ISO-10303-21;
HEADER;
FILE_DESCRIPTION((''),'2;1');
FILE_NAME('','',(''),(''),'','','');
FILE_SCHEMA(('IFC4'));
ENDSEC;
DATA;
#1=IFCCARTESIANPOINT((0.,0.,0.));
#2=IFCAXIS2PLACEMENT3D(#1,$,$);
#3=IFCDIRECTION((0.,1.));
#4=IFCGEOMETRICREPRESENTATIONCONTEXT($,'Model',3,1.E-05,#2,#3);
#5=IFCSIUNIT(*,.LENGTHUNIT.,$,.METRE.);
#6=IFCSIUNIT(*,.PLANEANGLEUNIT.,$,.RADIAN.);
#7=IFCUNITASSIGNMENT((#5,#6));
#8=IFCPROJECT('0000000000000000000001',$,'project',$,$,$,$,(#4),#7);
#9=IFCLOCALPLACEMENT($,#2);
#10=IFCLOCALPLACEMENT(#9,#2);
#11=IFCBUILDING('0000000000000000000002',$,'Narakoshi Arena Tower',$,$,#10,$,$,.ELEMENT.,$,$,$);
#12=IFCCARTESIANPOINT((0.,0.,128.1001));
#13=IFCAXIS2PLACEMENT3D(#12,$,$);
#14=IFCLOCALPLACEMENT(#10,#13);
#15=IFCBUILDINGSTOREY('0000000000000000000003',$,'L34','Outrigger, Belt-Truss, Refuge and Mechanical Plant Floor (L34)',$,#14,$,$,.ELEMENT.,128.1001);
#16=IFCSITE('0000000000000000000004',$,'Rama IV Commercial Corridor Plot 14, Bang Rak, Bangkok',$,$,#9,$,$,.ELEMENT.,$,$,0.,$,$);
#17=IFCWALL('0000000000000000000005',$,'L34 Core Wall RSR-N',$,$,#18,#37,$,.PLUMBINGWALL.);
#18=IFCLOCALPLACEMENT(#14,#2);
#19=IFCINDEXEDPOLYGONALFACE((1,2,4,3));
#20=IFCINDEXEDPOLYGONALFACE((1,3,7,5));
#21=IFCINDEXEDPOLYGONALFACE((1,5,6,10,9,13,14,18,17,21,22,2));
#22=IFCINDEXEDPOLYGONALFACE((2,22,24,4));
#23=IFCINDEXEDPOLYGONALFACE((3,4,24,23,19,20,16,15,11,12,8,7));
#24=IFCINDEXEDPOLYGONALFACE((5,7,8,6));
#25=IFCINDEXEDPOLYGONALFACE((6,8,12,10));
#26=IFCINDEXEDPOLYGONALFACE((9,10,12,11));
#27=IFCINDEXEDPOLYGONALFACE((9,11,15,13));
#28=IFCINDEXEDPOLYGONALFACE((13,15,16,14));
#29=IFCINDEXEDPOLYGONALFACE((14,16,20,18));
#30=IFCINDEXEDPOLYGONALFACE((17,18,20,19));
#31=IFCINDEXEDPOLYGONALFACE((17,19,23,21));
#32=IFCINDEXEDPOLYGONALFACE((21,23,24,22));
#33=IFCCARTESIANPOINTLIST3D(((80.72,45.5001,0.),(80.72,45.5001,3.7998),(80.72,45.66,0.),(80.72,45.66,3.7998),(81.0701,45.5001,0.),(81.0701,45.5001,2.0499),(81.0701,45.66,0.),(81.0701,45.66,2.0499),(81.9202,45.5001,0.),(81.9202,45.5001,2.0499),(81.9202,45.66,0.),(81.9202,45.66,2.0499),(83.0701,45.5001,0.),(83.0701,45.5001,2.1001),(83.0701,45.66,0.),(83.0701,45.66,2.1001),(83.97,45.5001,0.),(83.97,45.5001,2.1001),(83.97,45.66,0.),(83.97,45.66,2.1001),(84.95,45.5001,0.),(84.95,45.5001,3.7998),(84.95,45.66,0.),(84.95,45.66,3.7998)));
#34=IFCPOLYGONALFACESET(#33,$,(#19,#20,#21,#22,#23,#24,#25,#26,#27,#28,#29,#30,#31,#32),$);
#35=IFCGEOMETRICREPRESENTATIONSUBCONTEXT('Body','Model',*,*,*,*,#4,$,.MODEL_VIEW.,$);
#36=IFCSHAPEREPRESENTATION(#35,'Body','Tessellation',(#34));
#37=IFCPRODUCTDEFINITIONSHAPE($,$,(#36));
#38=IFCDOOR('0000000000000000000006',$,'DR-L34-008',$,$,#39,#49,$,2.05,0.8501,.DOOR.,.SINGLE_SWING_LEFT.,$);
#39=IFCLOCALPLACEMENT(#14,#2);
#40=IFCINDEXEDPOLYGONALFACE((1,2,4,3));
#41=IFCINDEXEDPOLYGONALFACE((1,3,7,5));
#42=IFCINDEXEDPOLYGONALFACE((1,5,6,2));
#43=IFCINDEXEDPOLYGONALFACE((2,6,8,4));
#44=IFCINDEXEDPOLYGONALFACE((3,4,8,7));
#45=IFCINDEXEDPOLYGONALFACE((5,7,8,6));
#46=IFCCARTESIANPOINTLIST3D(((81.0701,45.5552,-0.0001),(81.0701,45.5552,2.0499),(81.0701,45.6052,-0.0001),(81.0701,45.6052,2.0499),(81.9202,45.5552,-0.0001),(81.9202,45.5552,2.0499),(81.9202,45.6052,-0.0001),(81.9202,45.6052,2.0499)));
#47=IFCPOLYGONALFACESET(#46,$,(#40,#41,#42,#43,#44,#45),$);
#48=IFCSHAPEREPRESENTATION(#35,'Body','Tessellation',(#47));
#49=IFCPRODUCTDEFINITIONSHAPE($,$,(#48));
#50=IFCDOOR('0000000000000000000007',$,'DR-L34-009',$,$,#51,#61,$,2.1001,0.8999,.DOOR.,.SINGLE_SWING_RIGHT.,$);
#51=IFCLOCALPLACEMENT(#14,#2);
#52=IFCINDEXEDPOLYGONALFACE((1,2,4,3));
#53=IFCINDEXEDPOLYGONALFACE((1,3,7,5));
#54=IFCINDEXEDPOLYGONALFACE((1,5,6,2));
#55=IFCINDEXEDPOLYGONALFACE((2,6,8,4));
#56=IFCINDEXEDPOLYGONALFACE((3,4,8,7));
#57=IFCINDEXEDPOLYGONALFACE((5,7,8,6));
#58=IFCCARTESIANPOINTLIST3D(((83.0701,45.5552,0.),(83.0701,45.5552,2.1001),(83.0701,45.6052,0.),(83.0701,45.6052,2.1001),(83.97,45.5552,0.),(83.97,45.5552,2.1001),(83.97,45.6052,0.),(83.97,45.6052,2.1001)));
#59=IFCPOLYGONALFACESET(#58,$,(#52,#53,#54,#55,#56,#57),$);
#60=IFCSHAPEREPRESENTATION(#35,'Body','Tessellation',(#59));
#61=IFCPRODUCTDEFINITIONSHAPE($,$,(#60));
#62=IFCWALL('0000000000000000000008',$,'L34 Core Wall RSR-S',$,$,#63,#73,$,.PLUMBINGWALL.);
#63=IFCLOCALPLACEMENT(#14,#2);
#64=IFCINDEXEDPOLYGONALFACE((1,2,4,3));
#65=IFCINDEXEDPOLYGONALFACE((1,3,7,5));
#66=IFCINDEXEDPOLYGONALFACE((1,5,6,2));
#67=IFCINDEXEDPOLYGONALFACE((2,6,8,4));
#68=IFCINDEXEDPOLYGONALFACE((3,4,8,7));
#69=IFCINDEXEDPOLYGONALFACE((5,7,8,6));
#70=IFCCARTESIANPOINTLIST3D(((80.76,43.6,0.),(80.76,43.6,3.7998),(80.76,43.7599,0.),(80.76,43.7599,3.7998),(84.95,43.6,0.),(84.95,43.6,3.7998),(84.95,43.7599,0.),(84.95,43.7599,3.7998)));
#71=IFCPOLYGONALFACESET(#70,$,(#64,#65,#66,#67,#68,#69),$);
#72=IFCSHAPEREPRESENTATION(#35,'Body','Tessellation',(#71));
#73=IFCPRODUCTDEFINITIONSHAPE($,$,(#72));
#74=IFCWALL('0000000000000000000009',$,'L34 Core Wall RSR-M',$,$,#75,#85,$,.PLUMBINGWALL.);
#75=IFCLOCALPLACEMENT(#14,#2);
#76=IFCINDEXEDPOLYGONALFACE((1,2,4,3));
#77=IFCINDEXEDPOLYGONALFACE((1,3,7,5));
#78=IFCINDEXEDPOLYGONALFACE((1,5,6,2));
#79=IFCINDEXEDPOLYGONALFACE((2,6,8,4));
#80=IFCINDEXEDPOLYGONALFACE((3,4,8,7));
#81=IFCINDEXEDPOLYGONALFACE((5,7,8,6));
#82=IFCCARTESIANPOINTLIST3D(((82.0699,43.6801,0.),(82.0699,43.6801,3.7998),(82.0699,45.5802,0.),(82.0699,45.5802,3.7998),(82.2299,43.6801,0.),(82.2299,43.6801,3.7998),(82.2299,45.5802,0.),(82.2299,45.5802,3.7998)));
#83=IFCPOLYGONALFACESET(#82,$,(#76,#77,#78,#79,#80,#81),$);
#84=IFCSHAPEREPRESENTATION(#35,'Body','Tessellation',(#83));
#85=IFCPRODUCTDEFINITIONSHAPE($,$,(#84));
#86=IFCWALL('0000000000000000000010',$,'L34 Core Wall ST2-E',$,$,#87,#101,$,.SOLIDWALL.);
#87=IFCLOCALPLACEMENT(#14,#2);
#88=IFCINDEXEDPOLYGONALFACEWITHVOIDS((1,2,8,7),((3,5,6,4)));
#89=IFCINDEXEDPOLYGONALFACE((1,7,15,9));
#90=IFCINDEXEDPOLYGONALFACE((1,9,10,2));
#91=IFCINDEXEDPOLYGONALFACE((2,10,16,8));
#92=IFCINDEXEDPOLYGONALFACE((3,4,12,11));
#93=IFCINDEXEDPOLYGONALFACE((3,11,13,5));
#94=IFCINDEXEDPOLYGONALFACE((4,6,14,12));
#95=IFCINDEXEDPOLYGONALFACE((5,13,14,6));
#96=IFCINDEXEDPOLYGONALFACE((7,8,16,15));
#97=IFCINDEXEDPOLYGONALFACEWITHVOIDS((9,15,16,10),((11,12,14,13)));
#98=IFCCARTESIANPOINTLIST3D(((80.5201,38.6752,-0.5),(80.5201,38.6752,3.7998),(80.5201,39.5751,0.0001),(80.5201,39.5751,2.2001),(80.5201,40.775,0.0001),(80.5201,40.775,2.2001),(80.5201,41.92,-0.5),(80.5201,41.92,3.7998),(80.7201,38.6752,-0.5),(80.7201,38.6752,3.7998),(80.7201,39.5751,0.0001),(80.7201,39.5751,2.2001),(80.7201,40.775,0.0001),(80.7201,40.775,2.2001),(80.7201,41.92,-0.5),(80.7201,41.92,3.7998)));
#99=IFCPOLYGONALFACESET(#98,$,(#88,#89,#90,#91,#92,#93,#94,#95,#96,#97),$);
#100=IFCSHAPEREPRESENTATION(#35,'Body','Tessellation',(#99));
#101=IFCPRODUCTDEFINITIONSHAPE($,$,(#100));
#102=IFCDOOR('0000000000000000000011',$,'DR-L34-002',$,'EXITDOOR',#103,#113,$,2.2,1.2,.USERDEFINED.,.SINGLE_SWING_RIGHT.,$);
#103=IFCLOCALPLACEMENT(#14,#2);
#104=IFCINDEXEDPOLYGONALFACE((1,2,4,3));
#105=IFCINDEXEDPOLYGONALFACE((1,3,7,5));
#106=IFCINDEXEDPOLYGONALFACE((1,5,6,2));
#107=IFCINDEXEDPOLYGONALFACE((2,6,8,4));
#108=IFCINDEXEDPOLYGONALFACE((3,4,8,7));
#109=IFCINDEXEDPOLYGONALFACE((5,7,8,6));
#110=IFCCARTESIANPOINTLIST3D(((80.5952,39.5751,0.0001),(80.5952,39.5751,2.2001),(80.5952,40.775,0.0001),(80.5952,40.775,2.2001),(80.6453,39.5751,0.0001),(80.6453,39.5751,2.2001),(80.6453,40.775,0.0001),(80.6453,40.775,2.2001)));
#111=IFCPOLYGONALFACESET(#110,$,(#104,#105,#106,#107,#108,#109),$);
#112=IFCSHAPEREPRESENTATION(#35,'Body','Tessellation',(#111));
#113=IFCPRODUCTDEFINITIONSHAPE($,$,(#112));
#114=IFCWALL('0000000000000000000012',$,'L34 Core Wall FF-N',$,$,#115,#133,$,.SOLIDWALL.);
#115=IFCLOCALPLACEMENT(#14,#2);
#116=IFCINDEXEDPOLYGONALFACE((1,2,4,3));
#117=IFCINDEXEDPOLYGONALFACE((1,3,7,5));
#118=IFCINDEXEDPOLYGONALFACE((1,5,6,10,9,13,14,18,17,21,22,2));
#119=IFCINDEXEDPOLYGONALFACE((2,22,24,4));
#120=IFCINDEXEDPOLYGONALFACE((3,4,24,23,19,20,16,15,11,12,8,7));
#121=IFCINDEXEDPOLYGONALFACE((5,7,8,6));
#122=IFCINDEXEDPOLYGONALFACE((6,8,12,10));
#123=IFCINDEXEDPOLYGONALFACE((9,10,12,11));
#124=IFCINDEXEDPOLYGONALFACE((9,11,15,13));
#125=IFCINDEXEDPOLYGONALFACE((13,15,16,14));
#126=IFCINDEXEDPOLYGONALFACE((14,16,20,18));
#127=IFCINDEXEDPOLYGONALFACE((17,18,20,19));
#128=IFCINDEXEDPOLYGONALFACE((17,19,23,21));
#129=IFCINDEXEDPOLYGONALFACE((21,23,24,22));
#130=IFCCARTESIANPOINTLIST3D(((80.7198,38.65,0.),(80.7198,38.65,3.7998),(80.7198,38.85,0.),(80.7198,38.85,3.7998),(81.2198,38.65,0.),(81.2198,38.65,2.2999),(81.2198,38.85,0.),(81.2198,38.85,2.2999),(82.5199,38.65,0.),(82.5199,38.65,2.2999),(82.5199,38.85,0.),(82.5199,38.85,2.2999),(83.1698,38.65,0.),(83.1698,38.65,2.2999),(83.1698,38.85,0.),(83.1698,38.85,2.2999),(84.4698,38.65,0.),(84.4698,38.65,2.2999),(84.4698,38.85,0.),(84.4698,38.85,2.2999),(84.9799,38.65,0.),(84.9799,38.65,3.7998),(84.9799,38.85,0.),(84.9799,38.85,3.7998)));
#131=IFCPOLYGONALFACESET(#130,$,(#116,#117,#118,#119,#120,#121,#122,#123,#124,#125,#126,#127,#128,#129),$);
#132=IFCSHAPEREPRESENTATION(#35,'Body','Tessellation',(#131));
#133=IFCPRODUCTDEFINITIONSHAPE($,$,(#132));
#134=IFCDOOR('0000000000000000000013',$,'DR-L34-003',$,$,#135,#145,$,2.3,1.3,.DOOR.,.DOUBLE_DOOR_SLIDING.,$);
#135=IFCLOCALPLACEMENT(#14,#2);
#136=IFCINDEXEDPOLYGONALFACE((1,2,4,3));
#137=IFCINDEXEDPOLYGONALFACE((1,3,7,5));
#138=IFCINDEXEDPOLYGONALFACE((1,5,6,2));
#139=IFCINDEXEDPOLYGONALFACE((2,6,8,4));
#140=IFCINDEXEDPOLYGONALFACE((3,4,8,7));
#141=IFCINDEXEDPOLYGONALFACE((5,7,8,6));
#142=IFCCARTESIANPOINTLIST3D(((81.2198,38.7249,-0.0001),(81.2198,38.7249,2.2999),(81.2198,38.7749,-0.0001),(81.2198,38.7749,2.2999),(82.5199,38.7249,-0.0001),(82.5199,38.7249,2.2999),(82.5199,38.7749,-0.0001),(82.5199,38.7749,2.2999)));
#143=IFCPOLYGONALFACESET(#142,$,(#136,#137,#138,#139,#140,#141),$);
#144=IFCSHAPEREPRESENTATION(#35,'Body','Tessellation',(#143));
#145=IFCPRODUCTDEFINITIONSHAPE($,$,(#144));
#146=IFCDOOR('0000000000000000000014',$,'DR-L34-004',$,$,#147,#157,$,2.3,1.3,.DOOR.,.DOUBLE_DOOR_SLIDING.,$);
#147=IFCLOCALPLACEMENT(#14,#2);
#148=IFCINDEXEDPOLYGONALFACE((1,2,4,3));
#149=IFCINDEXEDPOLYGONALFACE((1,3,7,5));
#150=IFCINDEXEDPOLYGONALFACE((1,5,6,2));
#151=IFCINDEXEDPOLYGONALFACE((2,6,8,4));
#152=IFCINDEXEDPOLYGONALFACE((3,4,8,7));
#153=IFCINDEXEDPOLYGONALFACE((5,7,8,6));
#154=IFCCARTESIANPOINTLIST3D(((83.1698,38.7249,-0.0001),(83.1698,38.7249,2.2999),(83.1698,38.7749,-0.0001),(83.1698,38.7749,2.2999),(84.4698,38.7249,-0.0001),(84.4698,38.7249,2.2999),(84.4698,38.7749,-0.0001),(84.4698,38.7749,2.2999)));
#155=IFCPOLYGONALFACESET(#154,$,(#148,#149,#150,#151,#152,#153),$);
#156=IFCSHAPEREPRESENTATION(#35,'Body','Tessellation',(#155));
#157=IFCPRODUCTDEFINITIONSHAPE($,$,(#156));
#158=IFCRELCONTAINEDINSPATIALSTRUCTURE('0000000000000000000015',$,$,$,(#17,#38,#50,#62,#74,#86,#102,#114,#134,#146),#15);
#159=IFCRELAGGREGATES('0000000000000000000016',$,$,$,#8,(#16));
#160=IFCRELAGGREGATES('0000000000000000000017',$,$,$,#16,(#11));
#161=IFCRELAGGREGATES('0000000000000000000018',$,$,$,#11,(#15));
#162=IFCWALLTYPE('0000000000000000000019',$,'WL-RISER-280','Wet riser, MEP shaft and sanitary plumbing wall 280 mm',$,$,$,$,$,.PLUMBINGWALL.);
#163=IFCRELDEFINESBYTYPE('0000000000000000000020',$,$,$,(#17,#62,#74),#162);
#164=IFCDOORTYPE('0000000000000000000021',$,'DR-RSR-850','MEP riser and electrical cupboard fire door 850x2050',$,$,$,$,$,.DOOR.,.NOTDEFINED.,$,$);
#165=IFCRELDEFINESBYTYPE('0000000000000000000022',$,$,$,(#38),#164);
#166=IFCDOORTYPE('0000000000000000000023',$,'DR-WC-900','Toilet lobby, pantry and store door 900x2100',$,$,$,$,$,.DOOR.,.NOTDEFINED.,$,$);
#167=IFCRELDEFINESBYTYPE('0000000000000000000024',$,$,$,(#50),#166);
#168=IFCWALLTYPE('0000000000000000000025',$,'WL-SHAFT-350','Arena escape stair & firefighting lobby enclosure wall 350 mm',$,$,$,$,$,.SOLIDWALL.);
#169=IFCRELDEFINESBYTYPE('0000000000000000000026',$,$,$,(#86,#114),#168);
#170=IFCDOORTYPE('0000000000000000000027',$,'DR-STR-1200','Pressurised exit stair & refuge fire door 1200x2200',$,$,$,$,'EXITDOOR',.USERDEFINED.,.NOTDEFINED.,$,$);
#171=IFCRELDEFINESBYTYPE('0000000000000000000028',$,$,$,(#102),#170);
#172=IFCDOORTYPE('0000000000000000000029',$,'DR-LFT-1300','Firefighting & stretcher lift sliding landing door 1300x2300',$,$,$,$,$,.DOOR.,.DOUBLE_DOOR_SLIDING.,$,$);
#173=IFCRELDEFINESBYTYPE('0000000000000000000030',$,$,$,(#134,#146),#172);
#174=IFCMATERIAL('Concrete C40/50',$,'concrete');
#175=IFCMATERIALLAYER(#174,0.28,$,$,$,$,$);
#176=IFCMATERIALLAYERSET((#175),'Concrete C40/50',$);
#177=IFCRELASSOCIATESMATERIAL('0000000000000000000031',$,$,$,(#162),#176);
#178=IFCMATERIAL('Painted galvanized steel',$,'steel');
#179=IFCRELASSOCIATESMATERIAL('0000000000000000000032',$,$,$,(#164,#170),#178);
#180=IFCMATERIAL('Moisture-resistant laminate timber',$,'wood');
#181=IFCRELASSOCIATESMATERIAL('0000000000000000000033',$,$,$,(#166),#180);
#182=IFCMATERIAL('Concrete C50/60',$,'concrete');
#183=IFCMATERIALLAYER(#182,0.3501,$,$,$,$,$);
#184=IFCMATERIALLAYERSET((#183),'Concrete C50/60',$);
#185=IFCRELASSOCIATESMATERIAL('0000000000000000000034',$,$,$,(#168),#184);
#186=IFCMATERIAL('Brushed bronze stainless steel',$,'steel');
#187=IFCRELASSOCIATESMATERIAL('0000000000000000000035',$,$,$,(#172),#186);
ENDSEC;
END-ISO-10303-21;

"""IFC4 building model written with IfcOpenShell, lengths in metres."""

from ifc_helpers import new_model, si_unit, direction, frame, frame_2d, origin, place, context, subcontext, project, spatial, rectangle, extrude, material, layer, layer_set, type_object, element, fill, save


model = new_model("IFC4")

# Units and contexts
model_context = context("Model", 3, precision=1e-05, world=origin(), true_north=direction((0.0, 1.0)))
body_context = subcontext(model_context, "Body", "Model", "MODEL_VIEW")
ifc_project = project(units=[si_unit("LENGTHUNIT", "METRE"), si_unit("PLANEANGLEUNIT", "RADIAN")], contexts=[model_context])

# Site, building, storey
site_placement = place(None, origin())
site = spatial("IfcSite", under=ifc_project, at=site_placement, Name="Rama IV Commercial Corridor Plot 14, Bang Rak, Bangkok", CompositionType="ELEMENT", RefElevation=0.0)
building_placement = place(site_placement, origin())
building = spatial("IfcBuilding", under=site, at=building_placement, Name="Narakoshi Arena Tower", CompositionType="ELEMENT")
storey_placement = place(building_placement, frame((0.0, 0.0, 128.1001)))
storey = spatial("IfcBuildingStorey", under=building, at=storey_placement, Name="L34", Description="Outrigger, Belt-Truss, Refuge and Mechanical Plant Floor (L34)", CompositionType="ELEMENT", Elevation=128.1001)

# Shared definitions
ifc_material_1 = material(Name="Concrete C40/50", Category="concrete")
ifc_layer_1 = layer(ifc_material_1, 0.28)
ifc_layer_set_1 = layer_set([ifc_layer_1], Name="Concrete C40/50")
wall_type_1 = type_object("IfcWallType", Name="WL-RISER-280", Description="Wet riser, MEP shaft and sanitary plumbing wall 280 mm", PredefinedType="PLUMBINGWALL", material=ifc_layer_set_1)

# Wall, openings, doors
wall_1_placement = place(storey_placement, frame((80.72, 45.5801, 0.0), z_axis=(0.0, 0.0, 1.0), x_axis=(1.0, 0.0, 0.0)))
wall_1 = element("IfcWall", 1, at=wall_1_placement, inside=storey, type_object=wall_type_1, Name="L34 Core Wall RSR-N", PredefinedType="PLUMBINGWALL", context=body_context, shape_type="SweptSolid", body=[
    extrude(rectangle(XDim=4.23, YDim=0.1599, at=frame_2d((2.115, 0.0))), origin(), (0.0, 0.0, 1.0), 3.7998),
])
opening_1_placement = place(wall_1_placement, frame((0.3501, 0.0, 0.0)))
opening_1 = element("IfcOpeningElement", 2, at=opening_1_placement, cuts=wall_1, PredefinedType="OPENING", context=body_context, shape_type="SweptSolid", body=[
    extrude(rectangle(XDim=0.8501, YDim=2.05, at=frame_2d((0.425, 1.0249))), frame((0.0, 0.0898, 0.0), z_axis=(0.0, -1.0, 0.0), x_axis=(1.0, 0.0, 0.0)), (0.0, 0.0, 1.0), 0.1799),
])
opening_2_placement = place(wall_1_placement, frame((2.3501, 0.0, 0.0)))
opening_2 = element("IfcOpeningElement", 3, at=opening_2_placement, cuts=wall_1, PredefinedType="OPENING", context=body_context, shape_type="SweptSolid", body=[
    extrude(rectangle(XDim=0.8999, YDim=2.1001, at=frame_2d((0.45, 1.05))), frame((0.0, 0.0898, 0.0), z_axis=(0.0, -1.0, 0.0), x_axis=(1.0, 0.0, 0.0)), (0.0, 0.0, 1.0), 0.1799),
])
ifc_material_2 = material(Name="Painted galvanized steel", Category="steel")
door_type_1 = type_object("IfcDoorType", Name="DR-RSR-850", Description="MEP riser and electrical cupboard fire door 850x2050", OperationType="NOTDEFINED", PredefinedType="DOOR", material=ifc_material_2)
door_1_placement = place(opening_1_placement, frame((0.8501, 0.0, 0.0), z_axis=(0.0, 0.0, 1.0), x_axis=(-1.0, 0.0, 0.0)))
door_1 = element("IfcDoor", 4, at=door_1_placement, inside=storey, type_object=door_type_1, Name="DR-L34-008", OperationType="SINGLE_SWING_LEFT", OverallHeight=2.05, OverallWidth=0.8501, PredefinedType="DOOR", context=body_context, shape_type="SweptSolid", body=[
    extrude(rectangle(XDim=0.8501, YDim=2.05, at=frame_2d((0.425, 1.0249))), frame((0.0, 0.0249, 0.0), z_axis=(0.0, -1.0, 0.0), x_axis=(1.0, 0.0, 0.0)), (0.0, 0.0, 1.0), 0.05),
])
fill(opening_1, door_1)
ifc_material_3 = material(Name="Moisture-resistant laminate timber", Category="wood")
door_type_2 = type_object("IfcDoorType", Name="DR-WC-900", Description="Toilet lobby, pantry and store door 900x2100", OperationType="NOTDEFINED", PredefinedType="DOOR", material=ifc_material_3)
door_2_placement = place(opening_2_placement, frame((0.8999, 0.0, 0.0), z_axis=(0.0, 0.0, 1.0), x_axis=(-1.0, 0.0, 0.0)))
door_2 = element("IfcDoor", 5, at=door_2_placement, inside=storey, type_object=door_type_2, Name="DR-L34-009", OperationType="SINGLE_SWING_RIGHT", OverallHeight=2.1001, OverallWidth=0.8999, PredefinedType="DOOR", context=body_context, shape_type="SweptSolid", body=[
    extrude(rectangle(XDim=0.8999, YDim=2.1001, at=frame_2d((0.45, 1.05))), frame((0.0, 0.0249, 0.0), z_axis=(0.0, -1.0, 0.0), x_axis=(1.0, 0.0, 0.0)), (0.0, 0.0, 1.0), 0.05),
])
fill(opening_2, door_2)

# Walls
wall_2_placement = place(storey_placement, frame((80.76, 43.6799, 0.0), z_axis=(0.0, 0.0, 1.0), x_axis=(1.0, 0.0, 0.0)))
element("IfcWall", 6, at=wall_2_placement, inside=storey, type_object=wall_type_1, Name="L34 Core Wall RSR-S", PredefinedType="PLUMBINGWALL", context=body_context, shape_type="SweptSolid", body=[
    extrude(rectangle(XDim=4.1899, YDim=0.1599, at=frame_2d((2.095, 0.0))), origin(), (0.0, 0.0, 1.0), 3.7998),
])
wall_3_placement = place(storey_placement, frame((82.1499, 43.6799, 0.0), z_axis=(0.0, 0.0, 1.0), x_axis=(0.0, 1.0, 0.0)))
element("IfcWall", 7, at=wall_3_placement, inside=storey, type_object=wall_type_1, Name="L34 Core Wall RSR-M", PredefinedType="PLUMBINGWALL", context=body_context, shape_type="SweptSolid", body=[
    extrude(rectangle(XDim=1.9001, YDim=0.1599, at=frame_2d((0.9502, 0.0))), origin(), (0.0, 0.0, 1.0), 3.7998),
])

# Wall, opening, door
ifc_material_4 = material(Name="Concrete C50/60", Category="concrete")
ifc_layer_2 = layer(ifc_material_4, 0.3501)
ifc_layer_set_2 = layer_set([ifc_layer_2], Name="Concrete C50/60")
wall_type_2 = type_object("IfcWallType", Name="WL-SHAFT-350", Description="Arena escape stair & firefighting lobby enclosure wall 350 mm", PredefinedType="SOLIDWALL", material=ifc_layer_set_2)
wall_4_placement = place(storey_placement, frame((80.6201, 38.675, -0.5), z_axis=(0.0, 0.0, 1.0), x_axis=(0.0, 1.0, 0.0)))
wall_4 = element("IfcWall", 8, at=wall_4_placement, inside=storey, type_object=wall_type_2, Name="L34 Core Wall ST2-E", PredefinedType="SOLIDWALL", context=body_context, shape_type="SweptSolid", body=[
    extrude(rectangle(XDim=3.2449, YDim=0.2, at=frame_2d((1.6226, 0.0))), origin(), (0.0, 0.0, 1.0), 4.2998),
])
opening_3_placement = place(wall_4_placement, frame((0.8999, 0.0, 0.5)))
opening_3 = element("IfcOpeningElement", 9, at=opening_3_placement, cuts=wall_4, PredefinedType="OPENING", context=body_context, shape_type="SweptSolid", body=[
    extrude(rectangle(XDim=1.2, YDim=2.2, at=frame_2d((0.6001, 1.1001))), frame((0.0, 0.1099, 0.0), z_axis=(0.0, -1.0, 0.0), x_axis=(1.0, 0.0, 0.0)), (0.0, 0.0, 1.0), 0.22),
])
door_type_3 = type_object("IfcDoorType", Name="DR-STR-1200", Description="Pressurised exit stair & refuge fire door 1200x2200", ElementType="EXITDOOR", OperationType="NOTDEFINED", PredefinedType="USERDEFINED", material=ifc_material_2)
door_3_placement = place(opening_3_placement, origin())
door_3 = element("IfcDoor", 10, at=door_3_placement, inside=storey, type_object=door_type_3, Name="DR-L34-002", ObjectType="EXITDOOR", OperationType="SINGLE_SWING_RIGHT", OverallHeight=2.2, OverallWidth=1.2, PredefinedType="USERDEFINED", context=body_context, shape_type="SweptSolid", body=[
    extrude(rectangle(XDim=1.2, YDim=2.2, at=frame_2d((0.6001, 1.1001))), frame((0.0, 0.0249, 0.0), z_axis=(0.0, -1.0, 0.0), x_axis=(1.0, 0.0, 0.0)), (0.0, 0.0, 1.0), 0.05),
])
fill(opening_3, door_3)

# Wall, openings, doors
wall_5_placement = place(storey_placement, frame((80.72, 38.75, 0.0), z_axis=(0.0, 0.0, 1.0), x_axis=(1.0, 0.0, 0.0)))
wall_5 = element("IfcWall", 11, at=wall_5_placement, inside=storey, type_object=wall_type_2, Name="L34 Core Wall FF-N", PredefinedType="SOLIDWALL", context=body_context, shape_type="SweptSolid", body=[
    extrude(rectangle(XDim=4.26, YDim=0.2, at=frame_2d((2.1299, 0.0))), origin(), (0.0, 0.0, 1.0), 3.7998),
])
opening_4_placement = place(wall_5_placement, frame((0.5, 0.0, 0.0)))
opening_4 = element("IfcOpeningElement", 12, at=opening_4_placement, cuts=wall_5, PredefinedType="OPENING", context=body_context, shape_type="SweptSolid", body=[
    extrude(rectangle(XDim=1.3, YDim=2.3, at=frame_2d((0.6499, 1.1499))), frame((0.0, 0.1099, 0.0), z_axis=(0.0, -1.0, 0.0), x_axis=(1.0, 0.0, 0.0)), (0.0, 0.0, 1.0), 0.22),
])
opening_5_placement = place(wall_5_placement, frame((2.45, 0.0, 0.0)))
opening_5 = element("IfcOpeningElement", 13, at=opening_5_placement, cuts=wall_5, PredefinedType="OPENING", context=body_context, shape_type="SweptSolid", body=[
    extrude(rectangle(XDim=1.3, YDim=2.3, at=frame_2d((0.6499, 1.1499))), frame((0.0, 0.1099, 0.0), z_axis=(0.0, -1.0, 0.0), x_axis=(1.0, 0.0, 0.0)), (0.0, 0.0, 1.0), 0.22),
])
ifc_material_5 = material(Name="Brushed bronze stainless steel", Category="steel")
door_type_4 = type_object("IfcDoorType", Name="DR-LFT-1300", Description="Firefighting & stretcher lift sliding landing door 1300x2300", OperationType="DOUBLE_DOOR_SLIDING", PredefinedType="DOOR", material=ifc_material_5)
door_4_placement = place(opening_4_placement, origin())
door_4 = element("IfcDoor", 14, at=door_4_placement, inside=storey, type_object=door_type_4, Name="DR-L34-003", OperationType="DOUBLE_DOOR_SLIDING", OverallHeight=2.3, OverallWidth=1.3, PredefinedType="DOOR", context=body_context, shape_type="SweptSolid", body=[
    extrude(rectangle(XDim=1.3, YDim=2.3, at=frame_2d((0.6499, 1.1499))), frame((0.0, 0.0249, 0.0), z_axis=(0.0, -1.0, 0.0), x_axis=(1.0, 0.0, 0.0)), (0.0, 0.0, 1.0), 0.05),
])
fill(opening_4, door_4)
door_5_placement = place(opening_5_placement, origin())
door_5 = element("IfcDoor", 15, at=door_5_placement, inside=storey, type_object=door_type_4, Name="DR-L34-004", OperationType="DOUBLE_DOOR_SLIDING", OverallHeight=2.3, OverallWidth=1.3, PredefinedType="DOOR", context=body_context, shape_type="SweptSolid", body=[
    extrude(rectangle(XDim=1.3, YDim=2.3, at=frame_2d((0.6499, 1.1499))), frame((0.0, 0.0249, 0.0), z_axis=(0.0, -1.0, 0.0), x_axis=(1.0, 0.0, 0.0)), (0.0, 0.0, 1.0), 0.05),
])
fill(opening_5, door_5)

save(model, "model.ifc")
